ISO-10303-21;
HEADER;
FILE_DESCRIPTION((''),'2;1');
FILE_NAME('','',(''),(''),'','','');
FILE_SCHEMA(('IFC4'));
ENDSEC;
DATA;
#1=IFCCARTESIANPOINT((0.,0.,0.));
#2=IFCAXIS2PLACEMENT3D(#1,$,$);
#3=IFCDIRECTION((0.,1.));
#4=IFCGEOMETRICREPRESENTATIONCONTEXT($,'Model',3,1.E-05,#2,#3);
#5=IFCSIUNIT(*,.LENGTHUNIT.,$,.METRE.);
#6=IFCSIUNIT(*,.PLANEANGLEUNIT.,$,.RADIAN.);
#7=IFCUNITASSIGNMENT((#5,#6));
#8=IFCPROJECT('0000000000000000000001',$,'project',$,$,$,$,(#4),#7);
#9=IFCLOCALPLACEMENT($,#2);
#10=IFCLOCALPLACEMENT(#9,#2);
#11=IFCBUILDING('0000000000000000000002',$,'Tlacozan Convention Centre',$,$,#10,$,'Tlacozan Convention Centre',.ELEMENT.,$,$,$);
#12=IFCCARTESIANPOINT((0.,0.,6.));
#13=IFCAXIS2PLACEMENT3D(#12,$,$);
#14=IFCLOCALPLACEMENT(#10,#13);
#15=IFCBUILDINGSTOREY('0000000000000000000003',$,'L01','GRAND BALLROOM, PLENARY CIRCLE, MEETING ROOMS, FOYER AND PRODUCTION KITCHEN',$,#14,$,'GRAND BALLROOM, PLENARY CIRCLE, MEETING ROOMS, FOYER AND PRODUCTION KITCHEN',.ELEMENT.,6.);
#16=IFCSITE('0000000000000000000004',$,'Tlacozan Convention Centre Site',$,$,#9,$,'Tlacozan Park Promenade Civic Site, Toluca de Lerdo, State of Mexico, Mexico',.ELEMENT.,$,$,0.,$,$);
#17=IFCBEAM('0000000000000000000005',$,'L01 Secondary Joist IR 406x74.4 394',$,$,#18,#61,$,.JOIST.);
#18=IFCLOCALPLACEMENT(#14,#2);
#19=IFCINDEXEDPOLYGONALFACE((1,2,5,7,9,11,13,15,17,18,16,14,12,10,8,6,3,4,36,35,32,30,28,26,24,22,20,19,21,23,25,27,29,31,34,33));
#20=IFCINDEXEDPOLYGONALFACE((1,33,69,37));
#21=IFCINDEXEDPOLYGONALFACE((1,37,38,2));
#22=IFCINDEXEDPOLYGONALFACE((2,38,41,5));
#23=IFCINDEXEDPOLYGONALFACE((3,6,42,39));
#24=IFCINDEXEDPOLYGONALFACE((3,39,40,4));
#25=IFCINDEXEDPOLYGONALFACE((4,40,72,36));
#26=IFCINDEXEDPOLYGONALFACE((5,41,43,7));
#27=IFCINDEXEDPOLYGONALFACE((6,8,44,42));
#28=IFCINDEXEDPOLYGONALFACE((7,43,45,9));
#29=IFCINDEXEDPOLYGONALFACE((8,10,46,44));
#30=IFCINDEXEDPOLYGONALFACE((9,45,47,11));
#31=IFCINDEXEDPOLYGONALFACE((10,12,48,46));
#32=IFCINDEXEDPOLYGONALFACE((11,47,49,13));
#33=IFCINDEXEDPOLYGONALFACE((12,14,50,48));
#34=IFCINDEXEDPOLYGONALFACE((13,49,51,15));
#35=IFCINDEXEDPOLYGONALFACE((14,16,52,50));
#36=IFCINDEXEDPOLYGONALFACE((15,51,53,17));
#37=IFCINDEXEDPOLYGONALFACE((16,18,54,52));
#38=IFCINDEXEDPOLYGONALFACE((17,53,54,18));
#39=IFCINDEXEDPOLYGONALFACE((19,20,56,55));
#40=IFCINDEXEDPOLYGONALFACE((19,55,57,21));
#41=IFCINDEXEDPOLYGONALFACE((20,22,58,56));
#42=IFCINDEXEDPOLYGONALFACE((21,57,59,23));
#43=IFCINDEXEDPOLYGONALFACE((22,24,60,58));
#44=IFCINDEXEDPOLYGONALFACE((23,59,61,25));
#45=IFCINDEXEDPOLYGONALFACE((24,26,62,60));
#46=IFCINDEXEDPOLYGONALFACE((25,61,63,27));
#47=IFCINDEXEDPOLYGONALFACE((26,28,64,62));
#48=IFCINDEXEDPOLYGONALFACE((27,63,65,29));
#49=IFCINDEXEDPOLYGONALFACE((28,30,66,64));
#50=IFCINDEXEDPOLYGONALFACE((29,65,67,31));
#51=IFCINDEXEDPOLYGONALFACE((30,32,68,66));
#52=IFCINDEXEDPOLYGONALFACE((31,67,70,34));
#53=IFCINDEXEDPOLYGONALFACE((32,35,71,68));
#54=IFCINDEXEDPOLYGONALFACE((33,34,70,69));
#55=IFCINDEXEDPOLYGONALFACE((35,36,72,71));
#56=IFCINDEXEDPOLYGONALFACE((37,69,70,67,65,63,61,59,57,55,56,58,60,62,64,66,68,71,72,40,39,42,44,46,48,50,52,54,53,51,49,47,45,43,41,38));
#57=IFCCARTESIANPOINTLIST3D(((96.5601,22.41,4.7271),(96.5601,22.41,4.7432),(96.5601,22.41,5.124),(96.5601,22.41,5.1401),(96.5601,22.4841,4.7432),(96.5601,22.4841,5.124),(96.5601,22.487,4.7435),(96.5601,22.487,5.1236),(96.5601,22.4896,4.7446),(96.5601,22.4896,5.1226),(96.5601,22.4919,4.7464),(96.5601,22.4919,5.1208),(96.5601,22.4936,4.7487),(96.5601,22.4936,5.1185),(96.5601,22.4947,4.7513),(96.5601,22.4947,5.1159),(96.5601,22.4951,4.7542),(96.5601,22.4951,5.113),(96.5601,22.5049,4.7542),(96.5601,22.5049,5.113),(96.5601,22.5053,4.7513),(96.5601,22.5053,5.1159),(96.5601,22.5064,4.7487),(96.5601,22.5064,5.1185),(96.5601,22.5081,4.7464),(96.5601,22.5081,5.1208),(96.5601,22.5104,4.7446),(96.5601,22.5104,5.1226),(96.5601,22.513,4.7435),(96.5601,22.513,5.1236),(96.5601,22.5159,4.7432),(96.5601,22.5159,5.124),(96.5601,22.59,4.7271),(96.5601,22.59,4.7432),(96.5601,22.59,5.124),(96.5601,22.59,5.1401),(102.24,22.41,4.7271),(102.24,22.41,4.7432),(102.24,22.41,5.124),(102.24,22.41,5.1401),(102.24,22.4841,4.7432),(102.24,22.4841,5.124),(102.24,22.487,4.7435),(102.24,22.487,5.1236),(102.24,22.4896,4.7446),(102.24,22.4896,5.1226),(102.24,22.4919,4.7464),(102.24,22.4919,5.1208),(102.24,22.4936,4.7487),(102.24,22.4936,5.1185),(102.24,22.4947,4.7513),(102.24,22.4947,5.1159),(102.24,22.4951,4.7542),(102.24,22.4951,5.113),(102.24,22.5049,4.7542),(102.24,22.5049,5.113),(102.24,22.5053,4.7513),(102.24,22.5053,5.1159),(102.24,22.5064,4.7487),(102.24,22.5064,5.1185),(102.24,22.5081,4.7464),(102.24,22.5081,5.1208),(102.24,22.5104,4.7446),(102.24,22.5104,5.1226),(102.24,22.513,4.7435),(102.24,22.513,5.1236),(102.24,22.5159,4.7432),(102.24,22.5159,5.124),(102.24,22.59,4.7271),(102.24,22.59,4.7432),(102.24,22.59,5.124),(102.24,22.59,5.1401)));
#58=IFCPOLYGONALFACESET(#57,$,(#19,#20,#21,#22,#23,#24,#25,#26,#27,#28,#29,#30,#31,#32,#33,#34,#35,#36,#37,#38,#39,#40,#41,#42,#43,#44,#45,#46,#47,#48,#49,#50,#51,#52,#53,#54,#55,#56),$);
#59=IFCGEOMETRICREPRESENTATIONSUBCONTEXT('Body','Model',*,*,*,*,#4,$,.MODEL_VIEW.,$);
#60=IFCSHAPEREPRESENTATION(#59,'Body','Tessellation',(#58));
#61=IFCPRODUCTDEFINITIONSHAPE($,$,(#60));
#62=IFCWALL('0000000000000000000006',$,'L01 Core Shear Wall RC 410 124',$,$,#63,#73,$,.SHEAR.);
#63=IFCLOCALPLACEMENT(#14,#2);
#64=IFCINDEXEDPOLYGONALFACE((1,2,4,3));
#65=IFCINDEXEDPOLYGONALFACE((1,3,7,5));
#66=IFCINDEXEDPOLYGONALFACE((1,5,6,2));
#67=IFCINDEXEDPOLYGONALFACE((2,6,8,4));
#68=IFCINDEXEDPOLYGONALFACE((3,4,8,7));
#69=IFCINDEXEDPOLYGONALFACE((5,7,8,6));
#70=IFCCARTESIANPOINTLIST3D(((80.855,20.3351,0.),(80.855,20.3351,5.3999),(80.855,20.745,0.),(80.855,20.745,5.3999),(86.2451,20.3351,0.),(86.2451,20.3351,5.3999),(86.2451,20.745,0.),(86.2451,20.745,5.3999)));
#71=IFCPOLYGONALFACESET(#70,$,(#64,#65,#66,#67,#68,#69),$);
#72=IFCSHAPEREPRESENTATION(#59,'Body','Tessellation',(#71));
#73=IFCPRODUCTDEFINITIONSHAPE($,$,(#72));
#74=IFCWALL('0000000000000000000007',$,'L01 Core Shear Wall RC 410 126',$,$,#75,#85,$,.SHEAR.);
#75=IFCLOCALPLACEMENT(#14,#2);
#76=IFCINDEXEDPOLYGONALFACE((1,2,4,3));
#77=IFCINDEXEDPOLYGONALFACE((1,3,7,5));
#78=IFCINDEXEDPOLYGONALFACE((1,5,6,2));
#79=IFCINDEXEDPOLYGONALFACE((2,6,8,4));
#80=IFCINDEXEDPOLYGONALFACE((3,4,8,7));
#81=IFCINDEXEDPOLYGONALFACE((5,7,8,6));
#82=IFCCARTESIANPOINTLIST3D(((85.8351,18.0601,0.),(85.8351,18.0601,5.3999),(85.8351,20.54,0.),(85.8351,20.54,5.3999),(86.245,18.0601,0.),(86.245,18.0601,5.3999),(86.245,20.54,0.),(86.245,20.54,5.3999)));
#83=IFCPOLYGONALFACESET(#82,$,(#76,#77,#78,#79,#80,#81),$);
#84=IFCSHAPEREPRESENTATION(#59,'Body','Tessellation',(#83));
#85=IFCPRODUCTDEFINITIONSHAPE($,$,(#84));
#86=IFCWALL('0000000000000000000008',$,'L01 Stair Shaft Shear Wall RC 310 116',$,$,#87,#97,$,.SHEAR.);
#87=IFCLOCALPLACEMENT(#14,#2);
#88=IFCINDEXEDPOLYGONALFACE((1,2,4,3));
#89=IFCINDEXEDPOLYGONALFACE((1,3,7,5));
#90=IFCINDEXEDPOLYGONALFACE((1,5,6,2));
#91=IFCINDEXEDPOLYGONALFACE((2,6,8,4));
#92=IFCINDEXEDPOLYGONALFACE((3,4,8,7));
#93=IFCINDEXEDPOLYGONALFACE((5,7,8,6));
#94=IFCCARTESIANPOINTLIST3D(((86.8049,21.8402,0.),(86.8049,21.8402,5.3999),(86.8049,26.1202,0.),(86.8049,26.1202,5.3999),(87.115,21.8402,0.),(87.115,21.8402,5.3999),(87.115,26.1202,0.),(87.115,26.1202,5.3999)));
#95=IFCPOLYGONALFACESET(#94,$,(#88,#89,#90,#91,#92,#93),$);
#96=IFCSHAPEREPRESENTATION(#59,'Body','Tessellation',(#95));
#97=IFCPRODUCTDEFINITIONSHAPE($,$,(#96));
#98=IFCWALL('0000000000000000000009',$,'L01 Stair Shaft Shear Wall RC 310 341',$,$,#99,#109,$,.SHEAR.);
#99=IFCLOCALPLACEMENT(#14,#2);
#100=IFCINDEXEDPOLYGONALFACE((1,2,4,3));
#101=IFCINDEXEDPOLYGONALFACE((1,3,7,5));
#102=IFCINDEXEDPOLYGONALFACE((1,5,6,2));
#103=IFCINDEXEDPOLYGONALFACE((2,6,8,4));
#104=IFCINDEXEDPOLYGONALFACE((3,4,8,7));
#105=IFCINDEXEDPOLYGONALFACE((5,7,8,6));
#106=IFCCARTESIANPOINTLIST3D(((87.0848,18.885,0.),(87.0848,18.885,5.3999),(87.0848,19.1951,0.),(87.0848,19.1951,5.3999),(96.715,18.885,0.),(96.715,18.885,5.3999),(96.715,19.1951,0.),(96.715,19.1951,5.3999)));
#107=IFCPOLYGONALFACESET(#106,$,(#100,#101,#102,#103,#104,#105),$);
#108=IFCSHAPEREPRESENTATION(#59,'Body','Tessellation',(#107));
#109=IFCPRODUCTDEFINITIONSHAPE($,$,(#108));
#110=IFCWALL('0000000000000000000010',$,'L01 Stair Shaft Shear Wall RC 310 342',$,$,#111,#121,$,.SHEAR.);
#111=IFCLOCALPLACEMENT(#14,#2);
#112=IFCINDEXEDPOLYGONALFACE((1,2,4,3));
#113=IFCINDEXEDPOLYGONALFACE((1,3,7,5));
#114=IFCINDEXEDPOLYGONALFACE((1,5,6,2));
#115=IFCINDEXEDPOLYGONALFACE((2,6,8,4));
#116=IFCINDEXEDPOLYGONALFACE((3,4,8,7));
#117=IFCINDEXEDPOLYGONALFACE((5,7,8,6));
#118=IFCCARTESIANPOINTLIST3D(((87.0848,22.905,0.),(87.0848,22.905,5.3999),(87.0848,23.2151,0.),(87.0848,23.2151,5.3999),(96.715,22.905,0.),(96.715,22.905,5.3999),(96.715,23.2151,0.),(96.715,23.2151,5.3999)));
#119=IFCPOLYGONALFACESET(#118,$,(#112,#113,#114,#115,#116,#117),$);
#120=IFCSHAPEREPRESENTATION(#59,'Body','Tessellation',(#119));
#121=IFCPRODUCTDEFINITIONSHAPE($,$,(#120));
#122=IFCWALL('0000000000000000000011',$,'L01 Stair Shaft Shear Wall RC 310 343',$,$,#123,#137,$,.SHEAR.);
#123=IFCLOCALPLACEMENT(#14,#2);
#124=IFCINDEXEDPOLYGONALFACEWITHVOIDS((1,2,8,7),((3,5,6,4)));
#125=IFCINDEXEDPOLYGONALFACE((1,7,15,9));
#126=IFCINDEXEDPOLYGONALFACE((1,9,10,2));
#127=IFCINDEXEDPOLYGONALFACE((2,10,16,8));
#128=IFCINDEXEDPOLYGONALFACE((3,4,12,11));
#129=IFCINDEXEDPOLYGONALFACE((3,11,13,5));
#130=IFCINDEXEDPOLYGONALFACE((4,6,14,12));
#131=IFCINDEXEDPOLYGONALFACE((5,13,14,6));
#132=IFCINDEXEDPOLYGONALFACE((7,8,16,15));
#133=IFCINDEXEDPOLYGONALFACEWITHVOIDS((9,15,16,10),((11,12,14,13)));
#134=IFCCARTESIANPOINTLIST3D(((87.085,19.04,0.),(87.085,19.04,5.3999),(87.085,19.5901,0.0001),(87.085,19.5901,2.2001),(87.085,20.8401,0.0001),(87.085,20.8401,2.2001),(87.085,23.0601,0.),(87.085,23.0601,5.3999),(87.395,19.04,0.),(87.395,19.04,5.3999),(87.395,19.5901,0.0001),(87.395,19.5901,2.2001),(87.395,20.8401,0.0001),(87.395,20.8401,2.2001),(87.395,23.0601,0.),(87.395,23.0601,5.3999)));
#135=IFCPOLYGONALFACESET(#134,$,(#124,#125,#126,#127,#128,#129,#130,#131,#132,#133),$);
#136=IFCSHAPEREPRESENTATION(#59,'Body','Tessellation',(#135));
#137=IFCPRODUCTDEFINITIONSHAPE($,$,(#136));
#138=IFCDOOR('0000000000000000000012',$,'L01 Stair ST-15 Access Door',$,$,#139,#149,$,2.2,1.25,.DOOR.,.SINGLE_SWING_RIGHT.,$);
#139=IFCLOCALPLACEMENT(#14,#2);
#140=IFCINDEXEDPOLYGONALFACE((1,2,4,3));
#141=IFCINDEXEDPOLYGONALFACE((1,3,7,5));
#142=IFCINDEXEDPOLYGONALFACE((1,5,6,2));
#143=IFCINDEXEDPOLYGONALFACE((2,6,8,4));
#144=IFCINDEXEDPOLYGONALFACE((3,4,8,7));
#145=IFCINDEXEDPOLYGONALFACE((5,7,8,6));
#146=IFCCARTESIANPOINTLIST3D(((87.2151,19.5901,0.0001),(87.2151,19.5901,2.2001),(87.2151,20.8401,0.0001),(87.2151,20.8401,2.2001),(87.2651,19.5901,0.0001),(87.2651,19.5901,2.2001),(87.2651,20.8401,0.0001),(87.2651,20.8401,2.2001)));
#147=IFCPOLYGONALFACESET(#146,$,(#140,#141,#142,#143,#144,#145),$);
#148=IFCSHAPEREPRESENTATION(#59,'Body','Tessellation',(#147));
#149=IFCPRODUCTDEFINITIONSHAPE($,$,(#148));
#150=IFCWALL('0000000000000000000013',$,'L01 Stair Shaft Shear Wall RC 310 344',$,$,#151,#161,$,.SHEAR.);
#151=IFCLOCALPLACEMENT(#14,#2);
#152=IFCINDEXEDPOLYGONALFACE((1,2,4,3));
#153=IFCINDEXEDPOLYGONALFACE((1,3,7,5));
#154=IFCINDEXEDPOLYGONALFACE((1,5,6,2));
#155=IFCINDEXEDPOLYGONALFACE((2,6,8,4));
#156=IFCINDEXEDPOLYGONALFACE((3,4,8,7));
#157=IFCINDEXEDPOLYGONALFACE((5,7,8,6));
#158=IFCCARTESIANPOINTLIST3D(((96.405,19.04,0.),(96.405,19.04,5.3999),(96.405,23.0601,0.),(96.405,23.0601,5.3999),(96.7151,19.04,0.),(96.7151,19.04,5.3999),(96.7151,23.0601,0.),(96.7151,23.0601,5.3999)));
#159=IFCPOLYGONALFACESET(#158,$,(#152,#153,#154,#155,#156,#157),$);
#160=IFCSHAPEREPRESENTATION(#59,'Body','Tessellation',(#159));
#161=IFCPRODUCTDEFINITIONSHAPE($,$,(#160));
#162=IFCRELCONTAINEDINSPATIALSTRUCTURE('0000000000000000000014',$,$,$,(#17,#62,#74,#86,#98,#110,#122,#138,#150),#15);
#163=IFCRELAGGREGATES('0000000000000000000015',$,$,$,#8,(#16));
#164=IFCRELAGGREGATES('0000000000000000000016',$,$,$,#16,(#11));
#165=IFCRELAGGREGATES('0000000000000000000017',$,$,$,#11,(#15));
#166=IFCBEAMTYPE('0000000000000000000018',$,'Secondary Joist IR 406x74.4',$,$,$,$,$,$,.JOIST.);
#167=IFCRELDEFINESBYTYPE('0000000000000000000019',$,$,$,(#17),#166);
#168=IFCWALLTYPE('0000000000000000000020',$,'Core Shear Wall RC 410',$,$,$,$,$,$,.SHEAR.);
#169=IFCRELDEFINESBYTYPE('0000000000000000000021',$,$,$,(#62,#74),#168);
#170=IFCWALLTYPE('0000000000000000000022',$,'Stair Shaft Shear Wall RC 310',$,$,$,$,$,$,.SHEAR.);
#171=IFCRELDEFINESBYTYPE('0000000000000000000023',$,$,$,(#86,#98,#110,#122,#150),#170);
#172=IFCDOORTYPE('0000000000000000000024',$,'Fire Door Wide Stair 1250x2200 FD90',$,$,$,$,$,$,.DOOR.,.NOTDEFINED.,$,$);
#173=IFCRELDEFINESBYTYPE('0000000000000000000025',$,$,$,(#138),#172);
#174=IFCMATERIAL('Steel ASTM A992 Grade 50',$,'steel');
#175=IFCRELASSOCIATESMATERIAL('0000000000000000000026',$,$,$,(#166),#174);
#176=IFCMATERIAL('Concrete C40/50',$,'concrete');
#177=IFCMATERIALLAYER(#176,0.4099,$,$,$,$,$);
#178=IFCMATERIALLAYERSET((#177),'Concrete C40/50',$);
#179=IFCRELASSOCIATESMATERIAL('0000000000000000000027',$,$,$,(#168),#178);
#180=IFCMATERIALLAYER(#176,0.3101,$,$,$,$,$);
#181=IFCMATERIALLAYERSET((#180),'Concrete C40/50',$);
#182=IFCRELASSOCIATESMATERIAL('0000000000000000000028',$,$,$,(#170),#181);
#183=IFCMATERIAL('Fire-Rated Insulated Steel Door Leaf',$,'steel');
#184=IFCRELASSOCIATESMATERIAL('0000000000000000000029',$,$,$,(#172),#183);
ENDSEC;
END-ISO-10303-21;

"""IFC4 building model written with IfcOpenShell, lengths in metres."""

from ifc_helpers import new_model, si_unit, direction, frame, frame_2d, origin, origin_2d, place, context, subcontext, project, spatial, rectangle, i_section, extrude, material, layer, layer_set, material_profile, profile_set, type_object, element, fill, save


model = new_model("IFC4")

# Units and contexts
model_context = context("Model", 3, precision=1e-05, world=origin(), true_north=direction((0.0, 1.0)))
body_context = subcontext(model_context, "Body", "Model", "MODEL_VIEW")
ifc_project = project(units=[si_unit("LENGTHUNIT", "METRE"), si_unit("PLANEANGLEUNIT", "RADIAN")], contexts=[model_context])

# Site, building, storey
site_placement = place(None, origin())
site = spatial("IfcSite", under=ifc_project, at=site_placement, Name="Tlacozan Convention Centre Site", LongName="Tlacozan Park Promenade Civic Site, Toluca de Lerdo, State of Mexico, Mexico", CompositionType="ELEMENT", RefElevation=0.0)
building_placement = place(site_placement, origin())
building = spatial("IfcBuilding", under=site, at=building_placement, Name="Tlacozan Convention Centre", LongName="Tlacozan Convention Centre", CompositionType="ELEMENT")
storey_placement = place(building_placement, frame((0.0, 0.0, 6.0)))
storey = spatial("IfcBuildingStorey", under=building, at=storey_placement, Name="L01", Description="GRAND BALLROOM, PLENARY CIRCLE, MEETING ROOMS, FOYER AND PRODUCTION KITCHEN", LongName="GRAND BALLROOM, PLENARY CIRCLE, MEETING ROOMS, FOYER AND PRODUCTION KITCHEN", CompositionType="ELEMENT", Elevation=6.0)

# Shared definitions
ifc_material_1 = material(Name="Concrete C40/50", Category="concrete")

# Beam
ifc_material_2 = material(Name="Steel ASTM A992 Grade 50", Category="steel")
ifc_material_profile_1 = material_profile(ifc_material_2, i_section(OverallWidth=0.1799, OverallDepth=0.4131, WebThickness=0.0098, FlangeThickness=0.0161, FilletRadius=0.011, at=origin_2d()), Name="IR 406x74.4")
ifc_profile_set_1 = profile_set([ifc_material_profile_1], Name="Steel ASTM A992 Grade 50")
beam_type_1 = type_object("IfcBeamType", Name="Secondary Joist IR 406x74.4", PredefinedType="JOIST", material=ifc_profile_set_1)
beam_1_placement = place(storey_placement, frame((96.5601, 22.5, 4.9336), z_axis=(1.0, 0.0, 0.0), x_axis=(0.0, 1.0, 0.0)))
element("IfcBeam", 1, at=beam_1_placement, inside=storey, type_object=beam_type_1, Name="L01 Secondary Joist IR 406x74.4 394", PredefinedType="JOIST", context=body_context, shape_type="SweptSolid", body=[
    extrude(i_section(OverallWidth=0.1799, OverallDepth=0.4131, WebThickness=0.0098, FlangeThickness=0.0161, FilletRadius=0.011, at=origin_2d()), origin(), (0.0, 0.0, 1.0), 5.6799),
])

# Walls
ifc_layer_1 = layer(ifc_material_1, 0.4099)
ifc_layer_set_1 = layer_set([ifc_layer_1], Name="Concrete C40/50")
wall_type_1 = type_object("IfcWallType", Name="Core Shear Wall RC 410", PredefinedType="SHEAR", material=ifc_layer_set_1)
wall_1_placement = place(storey_placement, frame((80.855, 20.54, 0.0), z_axis=(0.0, 0.0, 1.0), x_axis=(1.0, 0.0, 0.0)))
element("IfcWall", 2, at=wall_1_placement, inside=storey, type_object=wall_type_1, Name="L01 Core Shear Wall RC 410 124", PredefinedType="SHEAR", context=body_context, shape_type="SweptSolid", body=[
    extrude(rectangle(XDim=5.3901, YDim=0.4099, at=frame_2d((2.6951, 0.0))), origin(), (0.0, 0.0, 1.0), 5.3999),
])
wall_2_placement = place(storey_placement, frame((86.04, 18.0601, 0.0), z_axis=(0.0, 0.0, 1.0), x_axis=(0.0, 1.0, 0.0)))
element("IfcWall", 3, at=wall_2_placement, inside=storey, type_object=wall_type_1, Name="L01 Core Shear Wall RC 410 126", PredefinedType="SHEAR", context=body_context, shape_type="SweptSolid", body=[
    extrude(rectangle(XDim=2.48, YDim=0.4099, at=frame_2d((1.24, 0.0))), origin(), (0.0, 0.0, 1.0), 5.3999),
])
ifc_layer_2 = layer(ifc_material_1, 0.3101)
ifc_layer_set_2 = layer_set([ifc_layer_2], Name="Concrete C40/50")
wall_type_2 = type_object("IfcWallType", Name="Stair Shaft Shear Wall RC 310", PredefinedType="SHEAR", material=ifc_layer_set_2)
wall_3_placement = place(storey_placement, frame((86.96, 21.8401, 0.0), z_axis=(0.0, 0.0, 1.0), x_axis=(0.0, 1.0, 0.0)))
element("IfcWall", 4, at=wall_3_placement, inside=storey, type_object=wall_type_2, Name="L01 Stair Shaft Shear Wall RC 310 116", PredefinedType="SHEAR", context=body_context, shape_type="SweptSolid", body=[
    extrude(rectangle(XDim=4.28, YDim=0.3101, at=frame_2d((2.1401, 0.0))), origin(), (0.0, 0.0, 1.0), 5.3999),
])
for number, where, z_axis, x_axis, name in (
    (5, (87.085, 19.04, 0.0), (0.0, 0.0, 1.0), (1.0, 0.0, 0.0), "L01 Stair Shaft Shear Wall RC 310 341"),
    (6, (87.085, 23.0601, 0.0), (0.0, 0.0, 1.0), (1.0, 0.0, 0.0), "L01 Stair Shaft Shear Wall RC 310 342"),
):
    element("IfcWall", number, at=place(storey_placement, frame(where, z_axis=z_axis, x_axis=x_axis)), inside=storey, type_object=wall_type_2, Name=name, PredefinedType="SHEAR", context=body_context, shape_type="SweptSolid", body=[
        extrude(rectangle(XDim=9.6301, YDim=0.3101, at=frame_2d((4.8149, 0.0))), origin(), (0.0, 0.0, 1.0), 5.3999),
    ])

# Wall, opening, door
wall_4_placement = place(storey_placement, frame((87.24, 19.04, 0.0), z_axis=(0.0, 0.0, 1.0), x_axis=(0.0, 1.0, 0.0)))
wall_4 = element("IfcWall", 7, at=wall_4_placement, inside=storey, type_object=wall_type_2, Name="L01 Stair Shaft Shear Wall RC 310 343", PredefinedType="SHEAR", context=body_context, shape_type="SweptSolid", body=[
    extrude(rectangle(XDim=4.02, YDim=0.3101, at=frame_2d((2.01, 0.0))), origin(), (0.0, 0.0, 1.0), 5.3999),
])
opening_placement = place(wall_4_placement, frame((0.55, 0.0, 0.0)))
opening = element("IfcOpeningElement", 8, at=opening_placement, cuts=wall_4, PredefinedType="OPENING", context=body_context, shape_type="SweptSolid", body=[
    extrude(rectangle(XDim=1.25, YDim=2.2, at=frame_2d((0.625, 1.1001))), frame((0.0, 0.165, 0.0), z_axis=(0.0, -1.0, 0.0), x_axis=(1.0, 0.0, 0.0)), (0.0, 0.0, 1.0), 0.3301),
])
ifc_material_3 = material(Name="Fire-Rated Insulated Steel Door Leaf", Category="steel")
door_type = type_object("IfcDoorType", Name="Fire Door Wide Stair 1250x2200 FD90", OperationType="NOTDEFINED", PredefinedType="DOOR", material=ifc_material_3)
door_placement = place(opening_placement, origin())
door = element("IfcDoor", 9, at=door_placement, inside=storey, type_object=door_type, Name="L01 Stair ST-15 Access Door", OperationType="SINGLE_SWING_RIGHT", OverallHeight=2.2, OverallWidth=1.25, PredefinedType="DOOR", context=body_context, shape_type="SweptSolid", body=[
    extrude(rectangle(XDim=1.25, YDim=2.2, at=frame_2d((0.625, 1.1001))), frame((0.0, 0.0249, 0.0), z_axis=(0.0, -1.0, 0.0), x_axis=(1.0, 0.0, 0.0)), (0.0, 0.0, 1.0), 0.05),
])
fill(opening, door)

# Wall
wall_5_placement = place(storey_placement, frame((96.5601, 19.04, 0.0), z_axis=(0.0, 0.0, 1.0), x_axis=(0.0, 1.0, 0.0)))
element("IfcWall", 10, at=wall_5_placement, inside=storey, type_object=wall_type_2, Name="L01 Stair Shaft Shear Wall RC 310 344", PredefinedType="SHEAR", context=body_context, shape_type="SweptSolid", body=[
    extrude(rectangle(XDim=4.02, YDim=0.3101, at=frame_2d((2.01, 0.0))), origin(), (0.0, 0.0, 1.0), 5.3999),
])

save(model, "model.ifc")
